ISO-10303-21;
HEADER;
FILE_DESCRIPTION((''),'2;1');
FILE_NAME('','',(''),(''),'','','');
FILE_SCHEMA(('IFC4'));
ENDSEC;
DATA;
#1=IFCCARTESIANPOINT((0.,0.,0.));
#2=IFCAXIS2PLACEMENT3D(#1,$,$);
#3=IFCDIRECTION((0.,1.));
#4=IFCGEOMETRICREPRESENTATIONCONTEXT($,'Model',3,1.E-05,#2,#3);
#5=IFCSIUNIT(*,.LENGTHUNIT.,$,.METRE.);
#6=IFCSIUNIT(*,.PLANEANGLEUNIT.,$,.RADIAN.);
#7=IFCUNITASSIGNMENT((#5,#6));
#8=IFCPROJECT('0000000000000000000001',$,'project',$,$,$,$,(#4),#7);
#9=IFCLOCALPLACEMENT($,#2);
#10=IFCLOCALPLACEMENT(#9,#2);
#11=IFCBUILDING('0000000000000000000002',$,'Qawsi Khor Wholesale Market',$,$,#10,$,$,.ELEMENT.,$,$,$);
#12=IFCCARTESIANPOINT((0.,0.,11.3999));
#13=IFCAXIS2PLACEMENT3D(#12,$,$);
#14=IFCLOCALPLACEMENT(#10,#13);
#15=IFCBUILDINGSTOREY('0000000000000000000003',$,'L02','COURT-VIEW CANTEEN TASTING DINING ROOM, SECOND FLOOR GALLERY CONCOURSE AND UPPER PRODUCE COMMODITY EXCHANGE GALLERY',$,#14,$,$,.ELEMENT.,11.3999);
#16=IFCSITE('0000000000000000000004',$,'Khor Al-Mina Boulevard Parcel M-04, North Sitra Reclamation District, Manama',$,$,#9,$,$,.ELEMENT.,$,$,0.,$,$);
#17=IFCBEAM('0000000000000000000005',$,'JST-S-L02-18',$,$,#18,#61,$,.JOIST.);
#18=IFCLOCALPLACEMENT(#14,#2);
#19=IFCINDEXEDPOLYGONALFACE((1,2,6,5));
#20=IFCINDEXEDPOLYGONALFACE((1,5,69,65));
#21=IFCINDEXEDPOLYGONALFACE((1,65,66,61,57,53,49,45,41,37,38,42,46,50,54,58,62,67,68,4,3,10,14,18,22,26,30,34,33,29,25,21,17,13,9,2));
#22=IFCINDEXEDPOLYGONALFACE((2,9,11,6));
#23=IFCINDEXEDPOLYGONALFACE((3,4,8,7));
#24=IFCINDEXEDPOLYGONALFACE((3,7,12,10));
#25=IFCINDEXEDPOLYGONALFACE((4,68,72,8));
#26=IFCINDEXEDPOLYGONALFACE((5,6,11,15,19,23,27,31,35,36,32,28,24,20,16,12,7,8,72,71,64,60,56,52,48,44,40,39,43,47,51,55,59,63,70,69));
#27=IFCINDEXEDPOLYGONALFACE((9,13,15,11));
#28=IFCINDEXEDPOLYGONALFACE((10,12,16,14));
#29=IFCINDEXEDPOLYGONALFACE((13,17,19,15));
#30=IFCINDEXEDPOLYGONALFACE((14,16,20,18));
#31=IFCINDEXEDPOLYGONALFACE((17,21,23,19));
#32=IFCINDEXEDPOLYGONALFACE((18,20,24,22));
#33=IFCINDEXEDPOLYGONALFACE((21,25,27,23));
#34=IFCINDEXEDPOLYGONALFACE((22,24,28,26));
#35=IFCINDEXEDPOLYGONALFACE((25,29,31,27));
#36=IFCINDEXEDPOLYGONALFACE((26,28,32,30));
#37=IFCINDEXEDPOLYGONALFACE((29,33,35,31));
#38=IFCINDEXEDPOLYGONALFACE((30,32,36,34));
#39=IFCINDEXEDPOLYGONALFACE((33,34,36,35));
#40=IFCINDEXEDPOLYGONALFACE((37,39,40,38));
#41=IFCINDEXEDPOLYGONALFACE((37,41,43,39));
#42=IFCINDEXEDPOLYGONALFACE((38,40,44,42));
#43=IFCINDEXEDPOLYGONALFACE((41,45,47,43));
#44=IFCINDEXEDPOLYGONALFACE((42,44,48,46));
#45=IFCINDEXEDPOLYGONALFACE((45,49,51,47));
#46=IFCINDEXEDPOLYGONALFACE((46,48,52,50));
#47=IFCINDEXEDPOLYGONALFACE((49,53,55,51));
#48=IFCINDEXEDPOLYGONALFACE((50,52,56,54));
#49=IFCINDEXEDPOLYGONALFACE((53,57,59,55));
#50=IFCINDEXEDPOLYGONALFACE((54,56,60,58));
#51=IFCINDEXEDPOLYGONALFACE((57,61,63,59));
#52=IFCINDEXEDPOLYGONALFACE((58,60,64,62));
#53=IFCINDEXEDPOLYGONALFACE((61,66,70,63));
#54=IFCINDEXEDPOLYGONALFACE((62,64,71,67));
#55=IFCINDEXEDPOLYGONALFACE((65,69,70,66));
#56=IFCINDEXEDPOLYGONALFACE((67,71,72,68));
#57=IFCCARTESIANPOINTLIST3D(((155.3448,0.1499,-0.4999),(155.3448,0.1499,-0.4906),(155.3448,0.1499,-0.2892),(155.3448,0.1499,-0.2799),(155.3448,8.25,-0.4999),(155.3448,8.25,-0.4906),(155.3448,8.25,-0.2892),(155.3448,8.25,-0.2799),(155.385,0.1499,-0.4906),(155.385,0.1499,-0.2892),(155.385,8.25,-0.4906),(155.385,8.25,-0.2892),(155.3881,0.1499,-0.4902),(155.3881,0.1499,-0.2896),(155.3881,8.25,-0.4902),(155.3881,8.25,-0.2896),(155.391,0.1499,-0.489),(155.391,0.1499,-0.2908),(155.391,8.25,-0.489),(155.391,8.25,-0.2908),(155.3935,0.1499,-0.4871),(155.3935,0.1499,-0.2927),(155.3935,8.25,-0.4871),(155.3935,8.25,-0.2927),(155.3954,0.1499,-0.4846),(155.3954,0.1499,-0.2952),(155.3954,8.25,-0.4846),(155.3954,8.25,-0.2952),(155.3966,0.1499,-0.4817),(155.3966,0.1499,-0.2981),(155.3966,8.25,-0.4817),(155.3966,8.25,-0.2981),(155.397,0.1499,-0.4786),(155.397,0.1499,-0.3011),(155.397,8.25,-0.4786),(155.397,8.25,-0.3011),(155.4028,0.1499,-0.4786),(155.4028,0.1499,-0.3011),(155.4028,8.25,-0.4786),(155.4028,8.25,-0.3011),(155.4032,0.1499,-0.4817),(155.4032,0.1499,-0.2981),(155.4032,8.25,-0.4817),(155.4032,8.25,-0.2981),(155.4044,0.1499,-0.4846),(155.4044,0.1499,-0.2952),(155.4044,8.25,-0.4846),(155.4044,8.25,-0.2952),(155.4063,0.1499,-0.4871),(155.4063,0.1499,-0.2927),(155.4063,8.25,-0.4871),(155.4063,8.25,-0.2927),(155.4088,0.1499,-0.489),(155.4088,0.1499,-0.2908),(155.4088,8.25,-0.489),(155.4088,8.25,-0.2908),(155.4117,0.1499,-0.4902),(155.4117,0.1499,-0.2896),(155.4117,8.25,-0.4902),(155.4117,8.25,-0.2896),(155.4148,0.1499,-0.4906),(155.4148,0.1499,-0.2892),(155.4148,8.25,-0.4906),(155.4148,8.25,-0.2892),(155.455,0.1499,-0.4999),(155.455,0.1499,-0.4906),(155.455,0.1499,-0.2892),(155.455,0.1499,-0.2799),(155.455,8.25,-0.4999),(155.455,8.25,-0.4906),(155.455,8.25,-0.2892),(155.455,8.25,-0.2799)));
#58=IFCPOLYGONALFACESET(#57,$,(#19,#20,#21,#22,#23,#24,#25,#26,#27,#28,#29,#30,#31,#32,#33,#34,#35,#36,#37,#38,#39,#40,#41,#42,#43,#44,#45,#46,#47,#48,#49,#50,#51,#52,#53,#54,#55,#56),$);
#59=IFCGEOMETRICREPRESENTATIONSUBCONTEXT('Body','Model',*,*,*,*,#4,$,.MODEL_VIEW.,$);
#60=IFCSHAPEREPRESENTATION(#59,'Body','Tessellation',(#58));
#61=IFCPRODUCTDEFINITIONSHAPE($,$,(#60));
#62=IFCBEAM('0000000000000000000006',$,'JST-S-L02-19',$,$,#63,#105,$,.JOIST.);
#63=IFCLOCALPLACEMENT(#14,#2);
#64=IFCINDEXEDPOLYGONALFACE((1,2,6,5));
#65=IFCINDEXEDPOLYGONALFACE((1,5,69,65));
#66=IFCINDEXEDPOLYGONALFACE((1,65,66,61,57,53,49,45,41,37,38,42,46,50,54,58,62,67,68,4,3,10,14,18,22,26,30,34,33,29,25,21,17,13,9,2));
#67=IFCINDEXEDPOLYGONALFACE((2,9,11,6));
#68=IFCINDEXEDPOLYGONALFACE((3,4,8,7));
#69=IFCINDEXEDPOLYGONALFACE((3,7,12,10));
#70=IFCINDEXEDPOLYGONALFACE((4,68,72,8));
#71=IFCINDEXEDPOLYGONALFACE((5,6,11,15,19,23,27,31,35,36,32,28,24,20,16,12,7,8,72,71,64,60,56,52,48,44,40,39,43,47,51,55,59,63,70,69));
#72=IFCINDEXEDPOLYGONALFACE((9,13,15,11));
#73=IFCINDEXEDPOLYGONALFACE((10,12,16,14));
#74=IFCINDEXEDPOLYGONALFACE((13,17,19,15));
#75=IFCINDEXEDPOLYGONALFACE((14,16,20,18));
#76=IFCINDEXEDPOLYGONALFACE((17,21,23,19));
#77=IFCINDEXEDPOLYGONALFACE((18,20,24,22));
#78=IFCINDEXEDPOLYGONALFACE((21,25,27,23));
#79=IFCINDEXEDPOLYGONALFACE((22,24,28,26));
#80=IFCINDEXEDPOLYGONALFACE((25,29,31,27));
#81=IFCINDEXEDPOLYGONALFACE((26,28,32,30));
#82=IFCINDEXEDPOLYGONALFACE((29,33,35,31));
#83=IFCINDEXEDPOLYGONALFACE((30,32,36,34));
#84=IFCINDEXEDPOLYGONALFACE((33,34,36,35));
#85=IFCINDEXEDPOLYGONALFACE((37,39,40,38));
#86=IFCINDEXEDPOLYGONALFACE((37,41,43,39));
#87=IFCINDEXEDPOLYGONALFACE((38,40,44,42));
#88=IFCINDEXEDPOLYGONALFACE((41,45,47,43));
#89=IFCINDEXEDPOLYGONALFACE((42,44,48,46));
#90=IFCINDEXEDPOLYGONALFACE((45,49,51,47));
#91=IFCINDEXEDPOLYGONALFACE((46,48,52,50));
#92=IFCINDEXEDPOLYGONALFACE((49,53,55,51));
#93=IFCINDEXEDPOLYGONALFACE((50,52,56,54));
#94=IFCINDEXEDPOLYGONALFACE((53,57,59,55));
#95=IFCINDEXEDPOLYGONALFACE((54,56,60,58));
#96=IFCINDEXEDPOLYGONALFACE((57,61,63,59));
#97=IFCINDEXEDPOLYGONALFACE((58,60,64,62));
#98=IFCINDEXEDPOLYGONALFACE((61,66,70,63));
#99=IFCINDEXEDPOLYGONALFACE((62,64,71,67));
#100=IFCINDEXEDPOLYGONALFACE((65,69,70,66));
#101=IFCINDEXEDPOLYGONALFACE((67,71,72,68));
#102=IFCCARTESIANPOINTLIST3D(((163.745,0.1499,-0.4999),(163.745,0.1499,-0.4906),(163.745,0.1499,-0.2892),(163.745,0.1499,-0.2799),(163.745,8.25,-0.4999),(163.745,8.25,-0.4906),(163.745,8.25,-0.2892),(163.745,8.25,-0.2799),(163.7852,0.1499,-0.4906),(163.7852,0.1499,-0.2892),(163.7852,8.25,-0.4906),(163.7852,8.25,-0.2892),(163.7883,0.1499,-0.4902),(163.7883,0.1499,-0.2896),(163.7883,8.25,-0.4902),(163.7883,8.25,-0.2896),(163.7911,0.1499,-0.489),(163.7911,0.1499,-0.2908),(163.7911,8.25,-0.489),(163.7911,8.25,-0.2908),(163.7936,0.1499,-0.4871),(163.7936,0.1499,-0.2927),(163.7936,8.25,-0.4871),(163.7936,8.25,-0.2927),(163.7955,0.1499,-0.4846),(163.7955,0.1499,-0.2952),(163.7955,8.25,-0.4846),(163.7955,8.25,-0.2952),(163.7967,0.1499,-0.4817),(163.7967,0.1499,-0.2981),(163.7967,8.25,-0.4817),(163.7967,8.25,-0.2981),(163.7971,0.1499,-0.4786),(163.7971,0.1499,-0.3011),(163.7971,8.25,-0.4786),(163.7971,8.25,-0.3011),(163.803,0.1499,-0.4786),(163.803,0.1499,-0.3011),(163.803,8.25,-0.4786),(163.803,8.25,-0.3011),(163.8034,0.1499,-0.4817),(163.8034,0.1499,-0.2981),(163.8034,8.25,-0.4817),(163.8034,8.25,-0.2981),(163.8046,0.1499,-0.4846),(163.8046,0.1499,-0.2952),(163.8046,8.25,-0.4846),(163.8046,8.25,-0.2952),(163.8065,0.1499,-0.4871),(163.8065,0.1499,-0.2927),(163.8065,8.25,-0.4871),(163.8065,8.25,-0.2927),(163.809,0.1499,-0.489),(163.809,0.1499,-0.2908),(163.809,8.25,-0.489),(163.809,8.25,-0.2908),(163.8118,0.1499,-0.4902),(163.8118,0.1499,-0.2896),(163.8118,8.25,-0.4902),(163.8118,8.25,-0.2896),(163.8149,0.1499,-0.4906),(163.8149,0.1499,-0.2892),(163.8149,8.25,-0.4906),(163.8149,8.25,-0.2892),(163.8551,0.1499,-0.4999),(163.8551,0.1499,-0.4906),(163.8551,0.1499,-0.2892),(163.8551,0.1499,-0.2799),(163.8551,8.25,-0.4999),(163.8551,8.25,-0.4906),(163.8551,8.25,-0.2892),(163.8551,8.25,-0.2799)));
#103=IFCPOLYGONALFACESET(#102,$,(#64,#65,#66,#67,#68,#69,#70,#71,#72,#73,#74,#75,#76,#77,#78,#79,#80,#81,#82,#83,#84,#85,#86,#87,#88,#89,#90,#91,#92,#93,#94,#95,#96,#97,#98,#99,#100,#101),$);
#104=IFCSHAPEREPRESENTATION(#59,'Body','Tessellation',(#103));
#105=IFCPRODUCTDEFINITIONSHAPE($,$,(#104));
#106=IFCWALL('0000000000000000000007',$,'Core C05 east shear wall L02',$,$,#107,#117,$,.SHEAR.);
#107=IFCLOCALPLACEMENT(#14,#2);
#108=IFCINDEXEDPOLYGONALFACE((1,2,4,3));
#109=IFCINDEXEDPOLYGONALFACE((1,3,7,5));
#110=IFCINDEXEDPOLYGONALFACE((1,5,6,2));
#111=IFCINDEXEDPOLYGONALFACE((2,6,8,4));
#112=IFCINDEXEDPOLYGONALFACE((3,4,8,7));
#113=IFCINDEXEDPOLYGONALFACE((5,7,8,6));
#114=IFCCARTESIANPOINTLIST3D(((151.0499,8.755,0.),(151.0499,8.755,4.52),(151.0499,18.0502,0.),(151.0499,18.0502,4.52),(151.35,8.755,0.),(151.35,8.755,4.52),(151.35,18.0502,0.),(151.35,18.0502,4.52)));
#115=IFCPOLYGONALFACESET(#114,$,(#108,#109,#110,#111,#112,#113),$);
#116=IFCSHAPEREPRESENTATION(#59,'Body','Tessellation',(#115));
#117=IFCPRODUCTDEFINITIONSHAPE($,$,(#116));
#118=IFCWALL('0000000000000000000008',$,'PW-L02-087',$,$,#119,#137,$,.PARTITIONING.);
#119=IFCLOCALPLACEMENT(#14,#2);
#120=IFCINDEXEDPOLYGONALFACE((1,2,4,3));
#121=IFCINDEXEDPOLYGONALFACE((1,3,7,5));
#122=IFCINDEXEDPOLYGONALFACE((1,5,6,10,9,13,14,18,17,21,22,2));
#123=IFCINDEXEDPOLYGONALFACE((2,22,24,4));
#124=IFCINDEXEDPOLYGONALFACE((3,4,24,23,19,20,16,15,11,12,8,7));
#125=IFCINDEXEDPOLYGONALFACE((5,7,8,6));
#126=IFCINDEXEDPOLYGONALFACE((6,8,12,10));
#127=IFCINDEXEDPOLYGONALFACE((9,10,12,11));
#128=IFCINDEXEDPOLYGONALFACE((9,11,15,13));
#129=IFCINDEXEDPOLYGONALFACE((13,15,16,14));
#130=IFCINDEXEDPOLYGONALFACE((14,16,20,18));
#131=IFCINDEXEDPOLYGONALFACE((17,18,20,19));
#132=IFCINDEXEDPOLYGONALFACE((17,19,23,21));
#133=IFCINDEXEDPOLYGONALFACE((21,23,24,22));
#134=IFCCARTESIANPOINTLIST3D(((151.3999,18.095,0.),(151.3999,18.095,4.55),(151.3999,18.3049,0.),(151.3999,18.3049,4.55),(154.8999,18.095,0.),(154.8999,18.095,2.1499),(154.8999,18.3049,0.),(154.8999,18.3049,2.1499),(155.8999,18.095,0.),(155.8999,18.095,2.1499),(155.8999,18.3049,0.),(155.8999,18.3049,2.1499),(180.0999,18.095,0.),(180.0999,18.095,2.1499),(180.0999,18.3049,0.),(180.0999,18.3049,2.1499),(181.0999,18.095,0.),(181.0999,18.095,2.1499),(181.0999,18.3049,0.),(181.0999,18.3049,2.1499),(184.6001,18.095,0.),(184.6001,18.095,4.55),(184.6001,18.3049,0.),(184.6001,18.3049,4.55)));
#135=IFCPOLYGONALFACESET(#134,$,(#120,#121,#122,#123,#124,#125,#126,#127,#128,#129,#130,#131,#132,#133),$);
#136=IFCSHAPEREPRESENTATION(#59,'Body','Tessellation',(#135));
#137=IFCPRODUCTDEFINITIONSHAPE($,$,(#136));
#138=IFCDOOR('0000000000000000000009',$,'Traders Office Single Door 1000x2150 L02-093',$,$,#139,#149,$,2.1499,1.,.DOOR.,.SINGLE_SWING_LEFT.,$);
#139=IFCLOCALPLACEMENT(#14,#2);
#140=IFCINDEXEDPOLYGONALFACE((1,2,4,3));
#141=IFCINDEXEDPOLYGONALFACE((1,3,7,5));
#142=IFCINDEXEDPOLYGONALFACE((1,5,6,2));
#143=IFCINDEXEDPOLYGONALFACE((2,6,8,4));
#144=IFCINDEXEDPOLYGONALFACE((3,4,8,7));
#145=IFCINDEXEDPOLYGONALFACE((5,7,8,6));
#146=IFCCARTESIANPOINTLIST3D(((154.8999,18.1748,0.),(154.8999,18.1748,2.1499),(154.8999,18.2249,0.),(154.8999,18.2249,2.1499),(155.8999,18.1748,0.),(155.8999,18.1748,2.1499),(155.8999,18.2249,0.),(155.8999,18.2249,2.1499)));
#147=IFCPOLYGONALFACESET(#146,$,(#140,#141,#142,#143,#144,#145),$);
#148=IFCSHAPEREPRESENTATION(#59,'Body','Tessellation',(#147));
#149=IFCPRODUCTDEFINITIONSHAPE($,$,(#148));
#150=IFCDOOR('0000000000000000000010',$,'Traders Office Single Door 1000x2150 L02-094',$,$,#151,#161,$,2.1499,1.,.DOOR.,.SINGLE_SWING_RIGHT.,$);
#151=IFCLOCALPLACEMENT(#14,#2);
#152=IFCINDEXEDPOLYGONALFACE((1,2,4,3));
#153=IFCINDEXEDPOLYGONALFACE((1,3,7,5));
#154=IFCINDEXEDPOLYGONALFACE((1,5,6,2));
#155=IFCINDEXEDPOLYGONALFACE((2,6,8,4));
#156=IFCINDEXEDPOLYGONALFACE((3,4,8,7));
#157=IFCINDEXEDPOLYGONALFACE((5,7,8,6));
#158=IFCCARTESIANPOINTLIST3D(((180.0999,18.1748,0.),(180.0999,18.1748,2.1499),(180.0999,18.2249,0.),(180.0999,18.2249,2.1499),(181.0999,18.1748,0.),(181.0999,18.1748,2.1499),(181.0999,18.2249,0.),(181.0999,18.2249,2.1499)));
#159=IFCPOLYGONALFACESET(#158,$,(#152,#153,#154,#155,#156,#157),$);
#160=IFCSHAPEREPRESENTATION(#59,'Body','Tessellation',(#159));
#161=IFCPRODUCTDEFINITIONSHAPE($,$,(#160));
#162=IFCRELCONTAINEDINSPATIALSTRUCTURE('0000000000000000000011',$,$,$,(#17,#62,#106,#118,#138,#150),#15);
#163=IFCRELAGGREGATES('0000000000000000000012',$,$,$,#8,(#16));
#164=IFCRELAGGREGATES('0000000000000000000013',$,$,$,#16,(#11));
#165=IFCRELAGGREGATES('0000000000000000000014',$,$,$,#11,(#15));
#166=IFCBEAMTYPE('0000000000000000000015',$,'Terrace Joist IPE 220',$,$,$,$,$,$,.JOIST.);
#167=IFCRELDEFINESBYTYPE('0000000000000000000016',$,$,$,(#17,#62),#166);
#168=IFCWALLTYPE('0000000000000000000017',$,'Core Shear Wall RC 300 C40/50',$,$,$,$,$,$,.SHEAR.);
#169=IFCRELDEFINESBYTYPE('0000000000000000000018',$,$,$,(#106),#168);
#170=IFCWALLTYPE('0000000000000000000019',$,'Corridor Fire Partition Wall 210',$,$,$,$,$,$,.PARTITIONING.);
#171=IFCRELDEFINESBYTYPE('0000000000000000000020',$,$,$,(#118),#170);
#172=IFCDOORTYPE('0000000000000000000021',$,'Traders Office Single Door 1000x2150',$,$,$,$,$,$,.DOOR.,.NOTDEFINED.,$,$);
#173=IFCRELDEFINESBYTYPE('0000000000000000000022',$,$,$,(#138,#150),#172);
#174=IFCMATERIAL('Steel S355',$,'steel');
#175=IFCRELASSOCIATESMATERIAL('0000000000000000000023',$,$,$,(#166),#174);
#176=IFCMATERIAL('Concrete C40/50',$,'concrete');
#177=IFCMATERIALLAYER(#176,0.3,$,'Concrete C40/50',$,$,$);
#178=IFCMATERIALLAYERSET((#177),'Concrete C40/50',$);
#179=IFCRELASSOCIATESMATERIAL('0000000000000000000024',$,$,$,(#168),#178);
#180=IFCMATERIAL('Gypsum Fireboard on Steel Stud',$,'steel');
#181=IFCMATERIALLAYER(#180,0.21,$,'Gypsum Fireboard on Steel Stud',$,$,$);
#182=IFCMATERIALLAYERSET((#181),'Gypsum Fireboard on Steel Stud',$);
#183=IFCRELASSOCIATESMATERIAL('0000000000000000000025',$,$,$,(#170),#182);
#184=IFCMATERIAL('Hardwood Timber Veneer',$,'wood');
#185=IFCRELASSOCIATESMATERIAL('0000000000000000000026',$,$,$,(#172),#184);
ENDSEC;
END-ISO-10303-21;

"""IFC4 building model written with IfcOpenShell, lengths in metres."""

from ifc_helpers import new_model, si_unit, direction, frame, frame_2d, origin, origin_2d, place, context, subcontext, project, spatial, rectangle, i_section, extrude, material, layer, layer_set, material_profile, profile_set, type_object, element, fill, save


model = new_model("IFC4")

# Units and contexts
model_context = context("Model", 3, precision=1e-05, world=origin(), true_north=direction((0.0, 1.0)))
body_context = subcontext(model_context, "Body", "Model", "MODEL_VIEW")
ifc_project = project(units=[si_unit("LENGTHUNIT", "METRE"), si_unit("PLANEANGLEUNIT", "RADIAN")], contexts=[model_context])

# Site, building, storey
site_placement = place(None, origin())
site = spatial("IfcSite", under=ifc_project, at=site_placement, Name="Khor Al-Mina Boulevard Parcel M-04, North Sitra Reclamation District, Manama", CompositionType="ELEMENT", RefElevation=0.0)
building_placement = place(site_placement, origin())
building = spatial("IfcBuilding", under=site, at=building_placement, Name="Qawsi Khor Wholesale Market", CompositionType="ELEMENT")
storey_placement = place(building_placement, frame((0.0, 0.0, 11.3999)))
storey = spatial("IfcBuildingStorey", under=building, at=storey_placement, Name="L02", Description="COURT-VIEW CANTEEN TASTING DINING ROOM, SECOND FLOOR GALLERY CONCOURSE AND UPPER PRODUCE COMMODITY EXCHANGE GALLERY", CompositionType="ELEMENT", Elevation=11.3999)

# Shared definitions
ifc_material_1 = material(Name="Concrete C40/50", Category="concrete")

# Beams
ifc_material_2 = material(Name="Steel S355", Category="steel")
ifc_material_profile_1 = material_profile(ifc_material_2, i_section(OverallWidth=0.1101, OverallDepth=0.22, WebThickness=0.0059, FlangeThickness=0.0093, FilletRadius=0.012, at=origin_2d()), Name="IPE 220")
ifc_profile_set_1 = profile_set([ifc_material_profile_1], Name="Steel S355")
beam_type_1 = type_object("IfcBeamType", Name="Terrace Joist IPE 220", PredefinedType="JOIST", material=ifc_profile_set_1)
for number, where, z_axis, x_axis, name in (
    (1, (155.3999, 0.1499, -0.3899), (0.0, 1.0, 0.0), (-1.0, 0.0, 0.0), "JST-S-L02-18"),
    (2, (163.8, 0.1499, -0.3899), (0.0, 1.0, 0.0), (-1.0, 0.0, 0.0), "JST-S-L02-19"),
):
    element("IfcBeam", number, at=place(storey_placement, frame(where, z_axis=z_axis, x_axis=x_axis)), inside=storey, type_object=beam_type_1, Name=name, PredefinedType="JOIST", context=body_context, shape_type="SweptSolid", body=[
        extrude(i_section(OverallWidth=0.1101, OverallDepth=0.22, WebThickness=0.0059, FlangeThickness=0.0093, FilletRadius=0.012, at=origin_2d()), origin(), (0.0, 0.0, 1.0), 8.1001),
    ])

# Wall
ifc_layer_1 = layer(ifc_material_1, 0.3, Name="Concrete C40/50")
ifc_layer_set_1 = layer_set([ifc_layer_1], Name="Concrete C40/50")
wall_type_1 = type_object("IfcWallType", Name="Core Shear Wall RC 300 C40/50", PredefinedType="SHEAR", material=ifc_layer_set_1)
wall_1_placement = place(storey_placement, frame((151.2, 18.05, 0.0), z_axis=(0.0, 0.0, 1.0), x_axis=(0.0, -1.0, 0.0)))
element("IfcWall", 3, at=wall_1_placement, inside=storey, type_object=wall_type_1, Name="Core C05 east shear wall L02", PredefinedType="SHEAR", context=body_context, shape_type="SweptSolid", body=[
    extrude(rectangle(XDim=9.2952, YDim=0.3, at=frame_2d((4.6475, 0.0))), origin(), (0.0, 0.0, 1.0), 4.52),
])

# Wall, openings, doors
ifc_material_3 = material(Name="Gypsum Fireboard on Steel Stud", Category="steel")
ifc_layer_2 = layer(ifc_material_3, 0.21, Name="Gypsum Fireboard on Steel Stud")
ifc_layer_set_2 = layer_set([ifc_layer_2], Name="Gypsum Fireboard on Steel Stud")
wall_type_2 = type_object("IfcWallType", Name="Corridor Fire Partition Wall 210", PredefinedType="PARTITIONING", material=ifc_layer_set_2)
wall_2_placement = place(storey_placement, frame((151.3999, 18.2, 0.0), z_axis=(0.0, 0.0, 1.0), x_axis=(1.0, 0.0, 0.0)))
wall_2 = element("IfcWall", 4, at=wall_2_placement, inside=storey, type_object=wall_type_2, Name="PW-L02-087", PredefinedType="PARTITIONING", context=body_context, shape_type="SweptSolid", body=[
    extrude(rectangle(XDim=33.2002, YDim=0.21, at=frame_2d((16.6001, 0.0))), origin(), (0.0, 0.0, 1.0), 4.55),
])
opening_1_placement = place(wall_2_placement, frame((3.5, 0.0, 0.0)))
opening_1 = element("IfcOpeningElement", 5, at=opening_1_placement, cuts=wall_2, PredefinedType="OPENING", context=body_context, shape_type="SweptSolid", body=[
    extrude(rectangle(XDim=1.0, YDim=2.1499, at=frame_2d((0.5, 1.075))), frame((0.0, 0.115, 0.0), z_axis=(0.0, -1.0, 0.0), x_axis=(1.0, 0.0, 0.0)), (0.0, 0.0, 1.0), 0.23),
])
opening_2_placement = place(wall_2_placement, frame((28.7, 0.0, 0.0)))
opening_2 = element("IfcOpeningElement", 6, at=opening_2_placement, cuts=wall_2, PredefinedType="OPENING", context=body_context, shape_type="SweptSolid", body=[
    extrude(rectangle(XDim=1.0, YDim=2.1499, at=frame_2d((0.5, 1.075))), frame((0.0, 0.115, 0.0), z_axis=(0.0, -1.0, 0.0), x_axis=(1.0, 0.0, 0.0)), (0.0, 0.0, 1.0), 0.23),
])
ifc_material_4 = material(Name="Hardwood Timber Veneer", Category="wood")
door_type_1 = type_object("IfcDoorType", Name="Traders Office Single Door 1000x2150", OperationType="NOTDEFINED", PredefinedType="DOOR", material=ifc_material_4)
door_1_placement = place(opening_1_placement, origin())
door_1 = element("IfcDoor", 7, at=door_1_placement, inside=storey, type_object=door_type_1, Name="Traders Office Single Door 1000x2150 L02-093", OperationType="SINGLE_SWING_LEFT", OverallHeight=2.1499, OverallWidth=1.0, PredefinedType="DOOR", context=body_context, shape_type="SweptSolid", body=[
    extrude(rectangle(XDim=1.0, YDim=2.1499, at=frame_2d((0.5, 1.075))), frame((0.0, 0.0249, 0.0), z_axis=(0.0, -1.0, 0.0), x_axis=(1.0, 0.0, 0.0)), (0.0, 0.0, 1.0), 0.05),
])
fill(opening_1, door_1)
door_2_placement = place(opening_2_placement, origin())
door_2 = element("IfcDoor", 8, at=door_2_placement, inside=storey, type_object=door_type_1, Name="Traders Office Single Door 1000x2150 L02-094", OperationType="SINGLE_SWING_RIGHT", OverallHeight=2.1499, OverallWidth=1.0, PredefinedType="DOOR", context=body_context, shape_type="SweptSolid", body=[
    extrude(rectangle(XDim=1.0, YDim=2.1499, at=frame_2d((0.5, 1.075))), frame((0.0, 0.0249, 0.0), z_axis=(0.0, -1.0, 0.0), x_axis=(1.0, 0.0, 0.0)), (0.0, 0.0, 1.0), 0.05),
])
fill(opening_2, door_2)

save(model, "model.ifc")
